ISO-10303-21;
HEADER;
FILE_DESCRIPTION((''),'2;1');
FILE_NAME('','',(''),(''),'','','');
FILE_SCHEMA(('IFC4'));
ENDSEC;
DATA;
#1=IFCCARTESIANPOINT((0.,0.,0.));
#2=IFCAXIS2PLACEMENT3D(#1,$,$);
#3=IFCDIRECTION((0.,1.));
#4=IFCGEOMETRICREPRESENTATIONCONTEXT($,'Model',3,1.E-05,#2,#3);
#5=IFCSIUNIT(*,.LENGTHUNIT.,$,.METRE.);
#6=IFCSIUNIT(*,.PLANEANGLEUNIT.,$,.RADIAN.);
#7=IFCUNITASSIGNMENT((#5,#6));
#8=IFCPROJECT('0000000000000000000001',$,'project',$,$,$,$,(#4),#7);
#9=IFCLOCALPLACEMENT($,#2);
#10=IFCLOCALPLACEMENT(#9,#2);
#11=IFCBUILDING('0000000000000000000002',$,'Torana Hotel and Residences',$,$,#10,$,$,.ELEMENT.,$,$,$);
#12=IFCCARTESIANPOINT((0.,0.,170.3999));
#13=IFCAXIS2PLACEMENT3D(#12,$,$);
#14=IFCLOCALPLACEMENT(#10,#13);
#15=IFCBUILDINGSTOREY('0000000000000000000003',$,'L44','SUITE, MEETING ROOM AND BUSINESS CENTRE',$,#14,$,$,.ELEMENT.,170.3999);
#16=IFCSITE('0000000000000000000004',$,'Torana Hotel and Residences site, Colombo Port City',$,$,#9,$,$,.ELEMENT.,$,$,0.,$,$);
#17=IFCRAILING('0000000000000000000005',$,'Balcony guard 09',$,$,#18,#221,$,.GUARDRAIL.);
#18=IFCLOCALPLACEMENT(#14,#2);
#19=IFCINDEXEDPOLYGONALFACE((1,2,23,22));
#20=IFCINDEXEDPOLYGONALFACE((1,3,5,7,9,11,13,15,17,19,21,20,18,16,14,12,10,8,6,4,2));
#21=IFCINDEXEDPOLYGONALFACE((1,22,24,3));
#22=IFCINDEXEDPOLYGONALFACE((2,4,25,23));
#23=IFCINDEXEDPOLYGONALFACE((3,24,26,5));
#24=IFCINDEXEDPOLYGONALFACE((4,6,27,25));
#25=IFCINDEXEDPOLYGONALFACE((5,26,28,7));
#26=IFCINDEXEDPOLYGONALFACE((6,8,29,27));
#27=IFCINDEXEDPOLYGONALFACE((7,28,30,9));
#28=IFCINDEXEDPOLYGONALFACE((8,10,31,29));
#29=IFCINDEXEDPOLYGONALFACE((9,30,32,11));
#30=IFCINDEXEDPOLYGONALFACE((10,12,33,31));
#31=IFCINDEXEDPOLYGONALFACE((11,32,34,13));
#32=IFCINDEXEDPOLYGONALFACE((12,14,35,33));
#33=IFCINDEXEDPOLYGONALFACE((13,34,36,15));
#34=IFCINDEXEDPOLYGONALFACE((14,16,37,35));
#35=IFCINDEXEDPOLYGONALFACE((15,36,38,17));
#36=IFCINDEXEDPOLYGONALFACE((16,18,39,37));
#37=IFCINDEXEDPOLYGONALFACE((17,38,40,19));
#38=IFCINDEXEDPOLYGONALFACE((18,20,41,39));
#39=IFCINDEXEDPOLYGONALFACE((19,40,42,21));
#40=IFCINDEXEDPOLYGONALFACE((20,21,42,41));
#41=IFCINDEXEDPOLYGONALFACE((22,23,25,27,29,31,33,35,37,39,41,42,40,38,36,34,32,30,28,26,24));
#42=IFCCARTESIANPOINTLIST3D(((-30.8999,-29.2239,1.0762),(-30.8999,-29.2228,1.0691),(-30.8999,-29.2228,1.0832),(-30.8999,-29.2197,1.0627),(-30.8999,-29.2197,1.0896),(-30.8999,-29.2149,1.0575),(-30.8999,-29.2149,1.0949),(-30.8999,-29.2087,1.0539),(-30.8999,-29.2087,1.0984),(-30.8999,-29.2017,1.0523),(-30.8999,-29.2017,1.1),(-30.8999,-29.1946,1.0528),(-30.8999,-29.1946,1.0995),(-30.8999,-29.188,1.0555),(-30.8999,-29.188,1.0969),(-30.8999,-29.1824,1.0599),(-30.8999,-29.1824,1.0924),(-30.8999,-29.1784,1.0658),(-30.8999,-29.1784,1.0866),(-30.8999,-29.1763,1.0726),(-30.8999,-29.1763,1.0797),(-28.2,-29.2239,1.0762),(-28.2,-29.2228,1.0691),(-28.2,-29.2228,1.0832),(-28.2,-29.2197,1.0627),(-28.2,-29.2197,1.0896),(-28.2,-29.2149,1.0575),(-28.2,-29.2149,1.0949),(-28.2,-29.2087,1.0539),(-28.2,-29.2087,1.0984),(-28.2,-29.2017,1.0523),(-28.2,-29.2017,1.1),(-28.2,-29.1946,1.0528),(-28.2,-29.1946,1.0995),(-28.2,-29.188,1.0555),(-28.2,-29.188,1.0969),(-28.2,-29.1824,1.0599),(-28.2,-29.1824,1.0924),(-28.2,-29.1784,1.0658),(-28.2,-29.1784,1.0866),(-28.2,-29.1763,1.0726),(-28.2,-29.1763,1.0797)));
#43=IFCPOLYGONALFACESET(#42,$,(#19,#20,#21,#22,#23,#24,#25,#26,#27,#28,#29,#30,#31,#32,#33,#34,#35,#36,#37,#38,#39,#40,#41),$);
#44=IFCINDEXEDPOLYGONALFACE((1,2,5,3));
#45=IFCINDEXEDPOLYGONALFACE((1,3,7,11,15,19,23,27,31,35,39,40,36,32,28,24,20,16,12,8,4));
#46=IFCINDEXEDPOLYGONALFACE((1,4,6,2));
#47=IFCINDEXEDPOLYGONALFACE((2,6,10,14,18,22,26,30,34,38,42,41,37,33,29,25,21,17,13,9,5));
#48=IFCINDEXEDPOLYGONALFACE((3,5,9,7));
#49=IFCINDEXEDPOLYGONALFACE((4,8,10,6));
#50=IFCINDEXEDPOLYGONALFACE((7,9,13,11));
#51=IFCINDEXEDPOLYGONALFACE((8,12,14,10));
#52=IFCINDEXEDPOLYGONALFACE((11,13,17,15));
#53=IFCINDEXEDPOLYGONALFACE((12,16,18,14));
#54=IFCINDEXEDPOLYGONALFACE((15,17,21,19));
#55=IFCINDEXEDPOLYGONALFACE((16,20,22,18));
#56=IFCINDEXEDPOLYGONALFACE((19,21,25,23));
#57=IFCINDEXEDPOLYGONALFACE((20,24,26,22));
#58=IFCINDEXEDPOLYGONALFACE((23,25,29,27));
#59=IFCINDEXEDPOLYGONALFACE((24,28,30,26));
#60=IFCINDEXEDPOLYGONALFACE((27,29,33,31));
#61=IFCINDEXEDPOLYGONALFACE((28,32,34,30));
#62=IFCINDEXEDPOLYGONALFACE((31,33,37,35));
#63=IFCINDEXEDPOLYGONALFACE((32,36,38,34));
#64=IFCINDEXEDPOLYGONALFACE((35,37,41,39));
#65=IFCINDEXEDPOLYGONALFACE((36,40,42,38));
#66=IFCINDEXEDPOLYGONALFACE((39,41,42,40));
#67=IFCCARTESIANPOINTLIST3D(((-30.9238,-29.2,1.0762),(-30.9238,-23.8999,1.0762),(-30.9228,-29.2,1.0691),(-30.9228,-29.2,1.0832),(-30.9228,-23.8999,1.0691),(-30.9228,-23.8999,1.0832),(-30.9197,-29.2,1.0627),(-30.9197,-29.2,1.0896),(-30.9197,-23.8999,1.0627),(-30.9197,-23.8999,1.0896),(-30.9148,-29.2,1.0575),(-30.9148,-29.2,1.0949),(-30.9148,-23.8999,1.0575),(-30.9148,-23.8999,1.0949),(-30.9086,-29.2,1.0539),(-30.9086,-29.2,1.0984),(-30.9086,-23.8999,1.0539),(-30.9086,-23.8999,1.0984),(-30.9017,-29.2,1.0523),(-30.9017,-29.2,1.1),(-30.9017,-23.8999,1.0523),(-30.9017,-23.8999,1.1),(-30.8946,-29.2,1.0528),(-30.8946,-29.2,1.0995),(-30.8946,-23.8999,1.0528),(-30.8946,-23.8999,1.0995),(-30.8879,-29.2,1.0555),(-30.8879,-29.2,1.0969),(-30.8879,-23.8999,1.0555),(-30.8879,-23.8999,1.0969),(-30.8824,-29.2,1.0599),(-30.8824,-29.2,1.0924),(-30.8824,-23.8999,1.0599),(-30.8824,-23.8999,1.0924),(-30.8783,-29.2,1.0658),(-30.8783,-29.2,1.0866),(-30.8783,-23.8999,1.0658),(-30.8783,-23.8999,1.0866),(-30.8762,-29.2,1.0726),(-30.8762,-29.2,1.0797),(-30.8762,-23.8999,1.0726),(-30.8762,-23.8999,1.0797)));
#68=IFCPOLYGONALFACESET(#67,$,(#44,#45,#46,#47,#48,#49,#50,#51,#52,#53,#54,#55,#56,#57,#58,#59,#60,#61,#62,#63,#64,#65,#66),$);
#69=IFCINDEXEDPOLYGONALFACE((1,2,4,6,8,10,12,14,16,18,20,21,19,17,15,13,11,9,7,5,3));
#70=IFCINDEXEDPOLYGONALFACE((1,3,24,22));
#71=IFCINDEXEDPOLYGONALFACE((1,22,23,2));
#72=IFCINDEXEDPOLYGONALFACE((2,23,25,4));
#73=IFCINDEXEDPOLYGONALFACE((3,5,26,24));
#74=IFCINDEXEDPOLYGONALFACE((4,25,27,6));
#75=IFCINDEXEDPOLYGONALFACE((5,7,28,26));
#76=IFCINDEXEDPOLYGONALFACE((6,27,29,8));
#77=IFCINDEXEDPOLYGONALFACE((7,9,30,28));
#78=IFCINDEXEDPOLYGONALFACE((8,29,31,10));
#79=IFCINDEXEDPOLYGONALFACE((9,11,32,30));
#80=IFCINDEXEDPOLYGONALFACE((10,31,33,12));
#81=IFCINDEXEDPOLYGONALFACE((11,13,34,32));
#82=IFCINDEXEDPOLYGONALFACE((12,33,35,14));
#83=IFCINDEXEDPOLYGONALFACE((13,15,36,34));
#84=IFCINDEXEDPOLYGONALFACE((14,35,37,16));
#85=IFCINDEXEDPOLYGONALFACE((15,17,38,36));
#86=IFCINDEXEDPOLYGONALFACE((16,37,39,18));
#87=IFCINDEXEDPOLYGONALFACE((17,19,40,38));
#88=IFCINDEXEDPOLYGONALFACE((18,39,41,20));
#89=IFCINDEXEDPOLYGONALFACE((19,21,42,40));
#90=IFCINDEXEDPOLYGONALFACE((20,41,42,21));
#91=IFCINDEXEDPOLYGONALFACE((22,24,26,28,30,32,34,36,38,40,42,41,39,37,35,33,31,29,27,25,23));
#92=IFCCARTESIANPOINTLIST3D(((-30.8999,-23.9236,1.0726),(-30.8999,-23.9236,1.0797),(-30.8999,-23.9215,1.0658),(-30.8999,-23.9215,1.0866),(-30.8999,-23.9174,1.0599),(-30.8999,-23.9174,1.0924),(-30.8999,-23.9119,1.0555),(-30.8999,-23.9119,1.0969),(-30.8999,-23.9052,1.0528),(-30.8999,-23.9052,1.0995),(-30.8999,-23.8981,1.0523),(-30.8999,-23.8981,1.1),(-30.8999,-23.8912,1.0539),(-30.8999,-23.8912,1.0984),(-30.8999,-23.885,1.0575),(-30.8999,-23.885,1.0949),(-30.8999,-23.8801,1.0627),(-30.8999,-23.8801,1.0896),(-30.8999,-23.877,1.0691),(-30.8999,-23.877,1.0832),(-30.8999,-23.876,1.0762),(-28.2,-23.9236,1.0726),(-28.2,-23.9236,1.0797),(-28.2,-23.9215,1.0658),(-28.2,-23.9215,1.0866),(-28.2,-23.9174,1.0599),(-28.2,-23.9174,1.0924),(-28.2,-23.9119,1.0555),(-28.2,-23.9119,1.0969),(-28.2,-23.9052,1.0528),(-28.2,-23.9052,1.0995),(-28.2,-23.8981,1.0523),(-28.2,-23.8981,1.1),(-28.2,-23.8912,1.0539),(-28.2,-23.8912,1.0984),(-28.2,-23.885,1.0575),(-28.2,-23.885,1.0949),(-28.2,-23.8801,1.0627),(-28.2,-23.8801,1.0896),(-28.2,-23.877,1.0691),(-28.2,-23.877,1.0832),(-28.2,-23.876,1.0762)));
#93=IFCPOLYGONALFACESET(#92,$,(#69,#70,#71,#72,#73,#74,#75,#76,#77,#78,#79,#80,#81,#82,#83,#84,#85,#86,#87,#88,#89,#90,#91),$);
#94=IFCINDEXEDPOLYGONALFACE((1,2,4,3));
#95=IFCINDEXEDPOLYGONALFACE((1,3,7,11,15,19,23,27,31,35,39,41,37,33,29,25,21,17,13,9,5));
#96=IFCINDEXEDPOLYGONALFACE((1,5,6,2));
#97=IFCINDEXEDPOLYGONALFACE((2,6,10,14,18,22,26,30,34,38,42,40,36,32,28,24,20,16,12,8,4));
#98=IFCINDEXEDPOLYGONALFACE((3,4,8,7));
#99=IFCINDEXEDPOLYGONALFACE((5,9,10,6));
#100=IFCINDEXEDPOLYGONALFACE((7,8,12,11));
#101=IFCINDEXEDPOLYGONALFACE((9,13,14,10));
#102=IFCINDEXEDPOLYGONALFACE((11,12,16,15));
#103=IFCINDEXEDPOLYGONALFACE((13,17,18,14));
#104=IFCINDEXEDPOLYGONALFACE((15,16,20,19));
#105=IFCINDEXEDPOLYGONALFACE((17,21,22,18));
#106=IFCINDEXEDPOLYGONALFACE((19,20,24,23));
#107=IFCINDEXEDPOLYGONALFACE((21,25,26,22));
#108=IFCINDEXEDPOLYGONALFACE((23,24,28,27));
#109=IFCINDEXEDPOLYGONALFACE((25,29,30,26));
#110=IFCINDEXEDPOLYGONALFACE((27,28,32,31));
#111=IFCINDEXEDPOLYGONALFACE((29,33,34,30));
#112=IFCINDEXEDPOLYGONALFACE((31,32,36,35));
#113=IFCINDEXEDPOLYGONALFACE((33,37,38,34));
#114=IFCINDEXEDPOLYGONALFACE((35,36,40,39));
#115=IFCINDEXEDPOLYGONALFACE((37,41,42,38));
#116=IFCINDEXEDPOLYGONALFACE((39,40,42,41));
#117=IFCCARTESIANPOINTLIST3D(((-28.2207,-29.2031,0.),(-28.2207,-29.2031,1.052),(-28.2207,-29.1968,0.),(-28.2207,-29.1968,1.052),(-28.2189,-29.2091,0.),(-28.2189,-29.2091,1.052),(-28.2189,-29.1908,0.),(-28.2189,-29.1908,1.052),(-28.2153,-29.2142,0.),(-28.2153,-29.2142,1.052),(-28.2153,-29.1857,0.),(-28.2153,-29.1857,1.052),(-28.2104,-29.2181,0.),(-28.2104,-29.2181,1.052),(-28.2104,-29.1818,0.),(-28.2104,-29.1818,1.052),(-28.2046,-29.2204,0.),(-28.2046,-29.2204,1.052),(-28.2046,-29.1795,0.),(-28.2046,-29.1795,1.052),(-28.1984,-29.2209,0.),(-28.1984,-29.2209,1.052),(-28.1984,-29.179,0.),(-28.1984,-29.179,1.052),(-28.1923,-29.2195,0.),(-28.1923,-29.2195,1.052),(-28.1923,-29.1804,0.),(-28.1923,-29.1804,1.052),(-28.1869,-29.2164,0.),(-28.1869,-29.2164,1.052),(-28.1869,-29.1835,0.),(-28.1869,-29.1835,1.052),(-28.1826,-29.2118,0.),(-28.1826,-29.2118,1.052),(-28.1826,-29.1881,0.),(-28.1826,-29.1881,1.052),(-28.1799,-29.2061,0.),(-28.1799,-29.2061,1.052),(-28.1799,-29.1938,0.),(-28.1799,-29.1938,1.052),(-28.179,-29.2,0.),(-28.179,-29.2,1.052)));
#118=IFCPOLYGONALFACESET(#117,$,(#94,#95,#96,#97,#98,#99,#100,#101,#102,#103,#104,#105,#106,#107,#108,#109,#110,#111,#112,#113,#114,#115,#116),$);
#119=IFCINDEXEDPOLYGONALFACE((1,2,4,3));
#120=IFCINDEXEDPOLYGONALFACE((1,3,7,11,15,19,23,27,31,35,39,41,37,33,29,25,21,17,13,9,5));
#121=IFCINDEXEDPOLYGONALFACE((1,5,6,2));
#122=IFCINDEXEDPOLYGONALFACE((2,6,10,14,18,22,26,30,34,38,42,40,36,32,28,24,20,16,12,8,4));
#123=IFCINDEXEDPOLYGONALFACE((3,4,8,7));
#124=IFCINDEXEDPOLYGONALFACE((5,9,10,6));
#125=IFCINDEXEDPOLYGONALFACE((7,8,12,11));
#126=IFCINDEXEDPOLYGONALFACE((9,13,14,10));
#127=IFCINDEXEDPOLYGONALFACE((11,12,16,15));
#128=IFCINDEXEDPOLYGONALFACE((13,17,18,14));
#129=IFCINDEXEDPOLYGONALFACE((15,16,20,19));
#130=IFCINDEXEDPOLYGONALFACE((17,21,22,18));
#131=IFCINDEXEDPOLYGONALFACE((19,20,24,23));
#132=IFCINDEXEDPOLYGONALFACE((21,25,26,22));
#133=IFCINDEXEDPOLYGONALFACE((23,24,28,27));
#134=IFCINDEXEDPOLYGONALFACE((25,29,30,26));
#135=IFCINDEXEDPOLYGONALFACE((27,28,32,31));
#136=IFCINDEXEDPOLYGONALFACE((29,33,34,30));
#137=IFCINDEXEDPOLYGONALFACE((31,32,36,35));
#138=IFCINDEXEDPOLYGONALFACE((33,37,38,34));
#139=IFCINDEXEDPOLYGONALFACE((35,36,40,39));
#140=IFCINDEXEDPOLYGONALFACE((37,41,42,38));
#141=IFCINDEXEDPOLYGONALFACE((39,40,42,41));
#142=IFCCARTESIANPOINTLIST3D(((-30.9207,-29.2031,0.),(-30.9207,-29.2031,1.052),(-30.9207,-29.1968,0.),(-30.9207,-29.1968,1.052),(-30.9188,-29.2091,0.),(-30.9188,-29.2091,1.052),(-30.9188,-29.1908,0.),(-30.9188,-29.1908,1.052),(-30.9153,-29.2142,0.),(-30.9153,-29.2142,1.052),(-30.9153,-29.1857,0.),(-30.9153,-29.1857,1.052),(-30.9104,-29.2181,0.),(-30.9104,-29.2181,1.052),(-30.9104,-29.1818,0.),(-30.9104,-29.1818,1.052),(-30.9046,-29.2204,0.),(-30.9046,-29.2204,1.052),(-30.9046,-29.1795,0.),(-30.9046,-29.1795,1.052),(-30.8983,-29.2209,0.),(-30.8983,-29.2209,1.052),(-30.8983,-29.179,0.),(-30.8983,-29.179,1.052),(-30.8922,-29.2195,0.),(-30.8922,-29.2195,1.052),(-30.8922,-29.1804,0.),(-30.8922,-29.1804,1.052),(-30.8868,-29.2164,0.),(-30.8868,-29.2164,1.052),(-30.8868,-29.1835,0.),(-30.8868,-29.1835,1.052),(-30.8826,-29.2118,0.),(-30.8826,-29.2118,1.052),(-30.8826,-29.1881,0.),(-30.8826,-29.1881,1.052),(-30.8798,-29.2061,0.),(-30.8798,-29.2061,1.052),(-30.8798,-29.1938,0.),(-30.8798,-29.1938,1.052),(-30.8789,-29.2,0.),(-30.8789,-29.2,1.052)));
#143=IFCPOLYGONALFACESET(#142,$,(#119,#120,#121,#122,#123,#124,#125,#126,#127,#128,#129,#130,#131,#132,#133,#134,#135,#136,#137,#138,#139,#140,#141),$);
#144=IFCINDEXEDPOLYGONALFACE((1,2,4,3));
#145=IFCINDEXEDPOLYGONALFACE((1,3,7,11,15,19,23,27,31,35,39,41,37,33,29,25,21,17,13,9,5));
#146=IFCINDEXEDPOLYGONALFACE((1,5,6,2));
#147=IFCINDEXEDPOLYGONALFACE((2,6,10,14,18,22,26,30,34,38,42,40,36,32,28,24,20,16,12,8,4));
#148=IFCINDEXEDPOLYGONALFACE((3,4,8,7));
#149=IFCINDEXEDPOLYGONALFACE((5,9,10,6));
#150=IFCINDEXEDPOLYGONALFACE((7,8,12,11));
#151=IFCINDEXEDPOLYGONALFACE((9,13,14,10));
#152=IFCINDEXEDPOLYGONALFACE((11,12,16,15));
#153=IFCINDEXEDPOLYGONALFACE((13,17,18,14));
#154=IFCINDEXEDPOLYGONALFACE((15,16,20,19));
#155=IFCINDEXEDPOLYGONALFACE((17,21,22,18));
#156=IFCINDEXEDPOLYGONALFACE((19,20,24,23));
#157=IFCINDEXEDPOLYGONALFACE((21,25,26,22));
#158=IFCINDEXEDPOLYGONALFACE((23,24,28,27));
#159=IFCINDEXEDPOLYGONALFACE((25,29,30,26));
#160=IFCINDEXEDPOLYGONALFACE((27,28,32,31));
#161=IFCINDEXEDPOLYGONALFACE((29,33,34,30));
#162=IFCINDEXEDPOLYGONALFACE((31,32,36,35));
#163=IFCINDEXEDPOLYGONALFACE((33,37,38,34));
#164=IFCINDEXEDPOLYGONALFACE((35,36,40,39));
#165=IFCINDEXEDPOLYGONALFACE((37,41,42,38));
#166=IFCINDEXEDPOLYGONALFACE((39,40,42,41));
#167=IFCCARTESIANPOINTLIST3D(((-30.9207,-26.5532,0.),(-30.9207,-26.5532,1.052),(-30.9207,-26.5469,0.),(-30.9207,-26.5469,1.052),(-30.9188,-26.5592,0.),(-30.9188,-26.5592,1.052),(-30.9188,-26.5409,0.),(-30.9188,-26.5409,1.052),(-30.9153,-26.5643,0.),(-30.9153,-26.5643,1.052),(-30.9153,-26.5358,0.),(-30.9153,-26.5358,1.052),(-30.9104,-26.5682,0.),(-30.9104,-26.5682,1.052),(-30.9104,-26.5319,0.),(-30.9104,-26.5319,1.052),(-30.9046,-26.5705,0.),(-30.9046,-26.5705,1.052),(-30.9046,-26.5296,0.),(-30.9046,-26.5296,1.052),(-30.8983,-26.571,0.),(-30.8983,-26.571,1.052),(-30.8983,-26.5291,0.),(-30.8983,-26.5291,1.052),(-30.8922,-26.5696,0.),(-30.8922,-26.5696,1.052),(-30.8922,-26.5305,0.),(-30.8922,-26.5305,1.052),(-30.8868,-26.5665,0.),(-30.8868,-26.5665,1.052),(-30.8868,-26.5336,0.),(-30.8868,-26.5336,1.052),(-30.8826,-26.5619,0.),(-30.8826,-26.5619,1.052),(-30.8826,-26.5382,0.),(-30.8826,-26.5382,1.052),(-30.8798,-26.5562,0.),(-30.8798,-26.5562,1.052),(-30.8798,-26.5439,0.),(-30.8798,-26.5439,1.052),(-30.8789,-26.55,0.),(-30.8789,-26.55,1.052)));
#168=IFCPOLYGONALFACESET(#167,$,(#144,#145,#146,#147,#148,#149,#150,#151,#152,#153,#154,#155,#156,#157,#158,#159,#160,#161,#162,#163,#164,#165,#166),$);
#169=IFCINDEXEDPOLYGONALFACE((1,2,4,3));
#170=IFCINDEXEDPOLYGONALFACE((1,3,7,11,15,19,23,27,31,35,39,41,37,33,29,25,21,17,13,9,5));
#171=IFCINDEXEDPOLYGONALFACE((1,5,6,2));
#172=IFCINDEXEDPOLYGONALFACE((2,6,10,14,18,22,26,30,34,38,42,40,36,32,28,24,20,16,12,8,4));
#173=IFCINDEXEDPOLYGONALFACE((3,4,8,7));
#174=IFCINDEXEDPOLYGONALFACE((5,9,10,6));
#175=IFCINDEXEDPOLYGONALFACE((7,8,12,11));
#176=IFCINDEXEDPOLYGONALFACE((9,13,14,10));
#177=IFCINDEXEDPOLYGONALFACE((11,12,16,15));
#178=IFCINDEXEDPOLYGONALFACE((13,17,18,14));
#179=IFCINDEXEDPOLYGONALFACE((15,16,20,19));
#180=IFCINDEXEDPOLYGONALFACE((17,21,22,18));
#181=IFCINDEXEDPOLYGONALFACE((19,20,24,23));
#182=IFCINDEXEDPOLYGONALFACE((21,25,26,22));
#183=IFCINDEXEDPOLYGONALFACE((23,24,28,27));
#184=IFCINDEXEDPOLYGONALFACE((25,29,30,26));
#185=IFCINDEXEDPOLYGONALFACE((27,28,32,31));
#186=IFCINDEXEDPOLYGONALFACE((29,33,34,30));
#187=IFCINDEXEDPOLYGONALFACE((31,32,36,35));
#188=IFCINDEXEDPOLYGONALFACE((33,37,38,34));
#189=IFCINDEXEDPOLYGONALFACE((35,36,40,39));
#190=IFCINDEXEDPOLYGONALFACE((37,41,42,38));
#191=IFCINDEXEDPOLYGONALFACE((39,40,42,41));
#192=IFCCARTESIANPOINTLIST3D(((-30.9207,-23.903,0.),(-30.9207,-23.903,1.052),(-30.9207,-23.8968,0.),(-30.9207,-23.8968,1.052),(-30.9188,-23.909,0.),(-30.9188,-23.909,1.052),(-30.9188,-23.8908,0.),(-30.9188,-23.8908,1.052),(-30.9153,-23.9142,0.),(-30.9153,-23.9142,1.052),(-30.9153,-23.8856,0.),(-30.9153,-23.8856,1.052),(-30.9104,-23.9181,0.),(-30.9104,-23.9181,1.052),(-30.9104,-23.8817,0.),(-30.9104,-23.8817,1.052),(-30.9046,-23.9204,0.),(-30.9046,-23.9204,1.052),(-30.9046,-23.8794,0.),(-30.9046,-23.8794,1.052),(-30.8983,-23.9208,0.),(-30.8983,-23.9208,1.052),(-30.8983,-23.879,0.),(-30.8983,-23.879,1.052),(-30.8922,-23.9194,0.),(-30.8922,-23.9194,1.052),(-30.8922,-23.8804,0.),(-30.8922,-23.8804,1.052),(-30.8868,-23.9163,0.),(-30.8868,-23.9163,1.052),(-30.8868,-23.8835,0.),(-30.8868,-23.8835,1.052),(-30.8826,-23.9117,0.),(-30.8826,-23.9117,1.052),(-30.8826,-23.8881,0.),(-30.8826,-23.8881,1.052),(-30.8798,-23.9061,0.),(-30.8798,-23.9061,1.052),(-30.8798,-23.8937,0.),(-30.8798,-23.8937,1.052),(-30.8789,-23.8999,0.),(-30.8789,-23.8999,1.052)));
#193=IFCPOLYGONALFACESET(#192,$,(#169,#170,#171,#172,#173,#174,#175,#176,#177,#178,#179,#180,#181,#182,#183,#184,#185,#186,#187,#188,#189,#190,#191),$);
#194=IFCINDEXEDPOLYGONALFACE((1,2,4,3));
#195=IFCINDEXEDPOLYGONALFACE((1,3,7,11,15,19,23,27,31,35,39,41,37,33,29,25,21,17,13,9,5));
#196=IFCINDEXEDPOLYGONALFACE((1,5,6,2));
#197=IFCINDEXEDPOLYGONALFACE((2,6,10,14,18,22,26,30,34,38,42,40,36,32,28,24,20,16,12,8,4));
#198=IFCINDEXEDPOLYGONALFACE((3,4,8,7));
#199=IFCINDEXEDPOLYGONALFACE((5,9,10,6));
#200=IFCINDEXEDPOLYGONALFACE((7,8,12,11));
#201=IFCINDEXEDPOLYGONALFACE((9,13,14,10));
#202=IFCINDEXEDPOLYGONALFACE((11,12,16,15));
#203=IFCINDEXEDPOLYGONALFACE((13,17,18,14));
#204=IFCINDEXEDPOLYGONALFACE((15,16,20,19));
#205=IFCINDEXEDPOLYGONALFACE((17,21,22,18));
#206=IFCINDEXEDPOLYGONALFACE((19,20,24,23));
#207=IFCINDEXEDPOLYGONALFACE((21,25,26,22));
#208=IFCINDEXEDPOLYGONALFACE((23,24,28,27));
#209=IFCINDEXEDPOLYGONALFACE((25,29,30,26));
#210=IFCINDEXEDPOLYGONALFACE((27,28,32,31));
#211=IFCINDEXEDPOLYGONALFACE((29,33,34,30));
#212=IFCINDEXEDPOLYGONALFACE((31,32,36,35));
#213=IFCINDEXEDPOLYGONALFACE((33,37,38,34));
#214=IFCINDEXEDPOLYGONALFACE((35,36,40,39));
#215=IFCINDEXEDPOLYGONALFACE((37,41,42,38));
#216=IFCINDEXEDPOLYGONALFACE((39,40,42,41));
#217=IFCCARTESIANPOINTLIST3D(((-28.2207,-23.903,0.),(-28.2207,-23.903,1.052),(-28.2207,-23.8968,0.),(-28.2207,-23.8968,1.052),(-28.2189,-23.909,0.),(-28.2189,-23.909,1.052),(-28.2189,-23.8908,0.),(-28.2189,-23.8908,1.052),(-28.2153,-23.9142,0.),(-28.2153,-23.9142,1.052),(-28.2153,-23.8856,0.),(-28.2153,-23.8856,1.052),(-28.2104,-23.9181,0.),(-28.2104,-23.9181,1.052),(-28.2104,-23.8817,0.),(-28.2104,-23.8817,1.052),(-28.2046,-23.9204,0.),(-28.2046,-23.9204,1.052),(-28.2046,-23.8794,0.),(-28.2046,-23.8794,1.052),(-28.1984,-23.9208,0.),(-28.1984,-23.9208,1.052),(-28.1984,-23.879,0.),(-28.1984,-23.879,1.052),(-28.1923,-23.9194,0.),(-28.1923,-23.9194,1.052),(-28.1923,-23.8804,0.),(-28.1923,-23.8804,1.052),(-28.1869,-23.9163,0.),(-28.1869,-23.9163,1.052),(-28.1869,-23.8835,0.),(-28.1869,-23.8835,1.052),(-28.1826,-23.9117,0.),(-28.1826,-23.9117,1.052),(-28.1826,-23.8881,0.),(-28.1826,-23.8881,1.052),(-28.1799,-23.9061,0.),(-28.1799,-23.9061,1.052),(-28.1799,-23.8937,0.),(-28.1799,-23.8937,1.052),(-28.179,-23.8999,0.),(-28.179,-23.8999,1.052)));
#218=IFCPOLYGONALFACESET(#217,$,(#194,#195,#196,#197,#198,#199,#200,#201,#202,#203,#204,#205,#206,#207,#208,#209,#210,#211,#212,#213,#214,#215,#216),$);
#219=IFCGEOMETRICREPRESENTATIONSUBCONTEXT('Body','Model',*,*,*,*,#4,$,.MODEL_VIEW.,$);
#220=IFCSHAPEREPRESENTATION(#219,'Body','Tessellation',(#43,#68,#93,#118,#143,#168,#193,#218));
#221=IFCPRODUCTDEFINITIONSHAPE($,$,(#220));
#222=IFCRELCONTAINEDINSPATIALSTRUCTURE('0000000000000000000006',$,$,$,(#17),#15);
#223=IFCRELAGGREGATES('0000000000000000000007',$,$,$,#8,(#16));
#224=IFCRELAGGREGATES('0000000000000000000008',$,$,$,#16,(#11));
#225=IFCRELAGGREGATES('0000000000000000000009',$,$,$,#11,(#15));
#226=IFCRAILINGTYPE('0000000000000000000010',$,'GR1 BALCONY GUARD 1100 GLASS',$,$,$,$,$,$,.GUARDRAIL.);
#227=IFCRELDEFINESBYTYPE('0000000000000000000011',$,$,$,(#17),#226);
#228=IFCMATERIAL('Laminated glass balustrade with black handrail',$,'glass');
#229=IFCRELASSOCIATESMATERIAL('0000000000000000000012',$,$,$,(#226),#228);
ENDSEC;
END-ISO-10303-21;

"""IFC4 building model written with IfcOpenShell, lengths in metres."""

from ifc_helpers import new_model, si_unit, direction, frame, origin, origin_2d, place, context, subcontext, project, spatial, circle, extrude, material, type_object, element, save


model = new_model("IFC4")

# Units and contexts
model_context = context("Model", 3, precision=1e-05, world=origin(), true_north=direction((0.0, 1.0)))
body_context = subcontext(model_context, "Body", "Model", "MODEL_VIEW")
ifc_project = project(units=[si_unit("LENGTHUNIT", "METRE"), si_unit("PLANEANGLEUNIT", "RADIAN")], contexts=[model_context])

# Site, building, storey
site_placement = place(None, origin())
site = spatial("IfcSite", under=ifc_project, at=site_placement, Name="Torana Hotel and Residences site, Colombo Port City", CompositionType="ELEMENT", RefElevation=0.0)
building_placement = place(site_placement, origin())
building = spatial("IfcBuilding", under=site, at=building_placement, Name="Torana Hotel and Residences", CompositionType="ELEMENT")
storey_placement = place(building_placement, frame((0.0, 0.0, 170.3999)))
storey = spatial("IfcBuildingStorey", under=building, at=storey_placement, Name="L44", Description="SUITE, MEETING ROOM AND BUSINESS CENTRE", CompositionType="ELEMENT", Elevation=170.3999)

# Railing
ifc_material_1 = material(Name="Laminated glass balustrade with black handrail", Category="glass")
railing_type = type_object("IfcRailingType", Name="GR1 BALCONY GUARD 1100 GLASS", PredefinedType="GUARDRAIL", material=ifc_material_1)
railing_placement = place(storey_placement, frame((-28.2, -29.2, 0.0)))
element("IfcRailing", 1, at=railing_placement, inside=storey, type_object=railing_type, Name="Balcony guard 09", PredefinedType="GUARDRAIL", context=body_context, shape_type="SweptSolid", body=[
    extrude(circle(Radius=0.0239, at=origin_2d()), frame((0.0, 0.0, 1.0762), z_axis=(-1.0, 0.0, 0.0), x_axis=(0.0, -1.0, 0.0)), (0.0, 0.0, 1.0), 2.7),
    extrude(circle(Radius=0.0239, at=origin_2d()), frame((-2.7, 0.0, 1.0762), z_axis=(0.0, 1.0, 0.0), x_axis=(-1.0, 0.0, 0.0)), (0.0, 0.0, 1.0), 5.3),
    extrude(circle(Radius=0.0239, at=origin_2d()), frame((-2.7, 5.3, 1.0762), z_axis=(1.0, 0.0, 0.0), x_axis=(0.0, 1.0, 0.0)), (0.0, 0.0, 1.0), 2.7),
    extrude(circle(Radius=0.021, at=origin_2d()), origin(), (0.0, 0.0, 1.0), 1.052),
    extrude(circle(Radius=0.021, at=origin_2d()), frame((-2.7, 0.0, 0.0)), (0.0, 0.0, 1.0), 1.052),
    extrude(circle(Radius=0.021, at=origin_2d()), frame((-2.7, 2.6499, 0.0)), (0.0, 0.0, 1.0), 1.052),
    extrude(circle(Radius=0.021, at=origin_2d()), frame((-2.7, 5.3, 0.0)), (0.0, 0.0, 1.0), 1.052),
    extrude(circle(Radius=0.021, at=origin_2d()), frame((0.0, 5.3, 0.0)), (0.0, 0.0, 1.0), 1.052),
])

save(model, "model.ifc")
